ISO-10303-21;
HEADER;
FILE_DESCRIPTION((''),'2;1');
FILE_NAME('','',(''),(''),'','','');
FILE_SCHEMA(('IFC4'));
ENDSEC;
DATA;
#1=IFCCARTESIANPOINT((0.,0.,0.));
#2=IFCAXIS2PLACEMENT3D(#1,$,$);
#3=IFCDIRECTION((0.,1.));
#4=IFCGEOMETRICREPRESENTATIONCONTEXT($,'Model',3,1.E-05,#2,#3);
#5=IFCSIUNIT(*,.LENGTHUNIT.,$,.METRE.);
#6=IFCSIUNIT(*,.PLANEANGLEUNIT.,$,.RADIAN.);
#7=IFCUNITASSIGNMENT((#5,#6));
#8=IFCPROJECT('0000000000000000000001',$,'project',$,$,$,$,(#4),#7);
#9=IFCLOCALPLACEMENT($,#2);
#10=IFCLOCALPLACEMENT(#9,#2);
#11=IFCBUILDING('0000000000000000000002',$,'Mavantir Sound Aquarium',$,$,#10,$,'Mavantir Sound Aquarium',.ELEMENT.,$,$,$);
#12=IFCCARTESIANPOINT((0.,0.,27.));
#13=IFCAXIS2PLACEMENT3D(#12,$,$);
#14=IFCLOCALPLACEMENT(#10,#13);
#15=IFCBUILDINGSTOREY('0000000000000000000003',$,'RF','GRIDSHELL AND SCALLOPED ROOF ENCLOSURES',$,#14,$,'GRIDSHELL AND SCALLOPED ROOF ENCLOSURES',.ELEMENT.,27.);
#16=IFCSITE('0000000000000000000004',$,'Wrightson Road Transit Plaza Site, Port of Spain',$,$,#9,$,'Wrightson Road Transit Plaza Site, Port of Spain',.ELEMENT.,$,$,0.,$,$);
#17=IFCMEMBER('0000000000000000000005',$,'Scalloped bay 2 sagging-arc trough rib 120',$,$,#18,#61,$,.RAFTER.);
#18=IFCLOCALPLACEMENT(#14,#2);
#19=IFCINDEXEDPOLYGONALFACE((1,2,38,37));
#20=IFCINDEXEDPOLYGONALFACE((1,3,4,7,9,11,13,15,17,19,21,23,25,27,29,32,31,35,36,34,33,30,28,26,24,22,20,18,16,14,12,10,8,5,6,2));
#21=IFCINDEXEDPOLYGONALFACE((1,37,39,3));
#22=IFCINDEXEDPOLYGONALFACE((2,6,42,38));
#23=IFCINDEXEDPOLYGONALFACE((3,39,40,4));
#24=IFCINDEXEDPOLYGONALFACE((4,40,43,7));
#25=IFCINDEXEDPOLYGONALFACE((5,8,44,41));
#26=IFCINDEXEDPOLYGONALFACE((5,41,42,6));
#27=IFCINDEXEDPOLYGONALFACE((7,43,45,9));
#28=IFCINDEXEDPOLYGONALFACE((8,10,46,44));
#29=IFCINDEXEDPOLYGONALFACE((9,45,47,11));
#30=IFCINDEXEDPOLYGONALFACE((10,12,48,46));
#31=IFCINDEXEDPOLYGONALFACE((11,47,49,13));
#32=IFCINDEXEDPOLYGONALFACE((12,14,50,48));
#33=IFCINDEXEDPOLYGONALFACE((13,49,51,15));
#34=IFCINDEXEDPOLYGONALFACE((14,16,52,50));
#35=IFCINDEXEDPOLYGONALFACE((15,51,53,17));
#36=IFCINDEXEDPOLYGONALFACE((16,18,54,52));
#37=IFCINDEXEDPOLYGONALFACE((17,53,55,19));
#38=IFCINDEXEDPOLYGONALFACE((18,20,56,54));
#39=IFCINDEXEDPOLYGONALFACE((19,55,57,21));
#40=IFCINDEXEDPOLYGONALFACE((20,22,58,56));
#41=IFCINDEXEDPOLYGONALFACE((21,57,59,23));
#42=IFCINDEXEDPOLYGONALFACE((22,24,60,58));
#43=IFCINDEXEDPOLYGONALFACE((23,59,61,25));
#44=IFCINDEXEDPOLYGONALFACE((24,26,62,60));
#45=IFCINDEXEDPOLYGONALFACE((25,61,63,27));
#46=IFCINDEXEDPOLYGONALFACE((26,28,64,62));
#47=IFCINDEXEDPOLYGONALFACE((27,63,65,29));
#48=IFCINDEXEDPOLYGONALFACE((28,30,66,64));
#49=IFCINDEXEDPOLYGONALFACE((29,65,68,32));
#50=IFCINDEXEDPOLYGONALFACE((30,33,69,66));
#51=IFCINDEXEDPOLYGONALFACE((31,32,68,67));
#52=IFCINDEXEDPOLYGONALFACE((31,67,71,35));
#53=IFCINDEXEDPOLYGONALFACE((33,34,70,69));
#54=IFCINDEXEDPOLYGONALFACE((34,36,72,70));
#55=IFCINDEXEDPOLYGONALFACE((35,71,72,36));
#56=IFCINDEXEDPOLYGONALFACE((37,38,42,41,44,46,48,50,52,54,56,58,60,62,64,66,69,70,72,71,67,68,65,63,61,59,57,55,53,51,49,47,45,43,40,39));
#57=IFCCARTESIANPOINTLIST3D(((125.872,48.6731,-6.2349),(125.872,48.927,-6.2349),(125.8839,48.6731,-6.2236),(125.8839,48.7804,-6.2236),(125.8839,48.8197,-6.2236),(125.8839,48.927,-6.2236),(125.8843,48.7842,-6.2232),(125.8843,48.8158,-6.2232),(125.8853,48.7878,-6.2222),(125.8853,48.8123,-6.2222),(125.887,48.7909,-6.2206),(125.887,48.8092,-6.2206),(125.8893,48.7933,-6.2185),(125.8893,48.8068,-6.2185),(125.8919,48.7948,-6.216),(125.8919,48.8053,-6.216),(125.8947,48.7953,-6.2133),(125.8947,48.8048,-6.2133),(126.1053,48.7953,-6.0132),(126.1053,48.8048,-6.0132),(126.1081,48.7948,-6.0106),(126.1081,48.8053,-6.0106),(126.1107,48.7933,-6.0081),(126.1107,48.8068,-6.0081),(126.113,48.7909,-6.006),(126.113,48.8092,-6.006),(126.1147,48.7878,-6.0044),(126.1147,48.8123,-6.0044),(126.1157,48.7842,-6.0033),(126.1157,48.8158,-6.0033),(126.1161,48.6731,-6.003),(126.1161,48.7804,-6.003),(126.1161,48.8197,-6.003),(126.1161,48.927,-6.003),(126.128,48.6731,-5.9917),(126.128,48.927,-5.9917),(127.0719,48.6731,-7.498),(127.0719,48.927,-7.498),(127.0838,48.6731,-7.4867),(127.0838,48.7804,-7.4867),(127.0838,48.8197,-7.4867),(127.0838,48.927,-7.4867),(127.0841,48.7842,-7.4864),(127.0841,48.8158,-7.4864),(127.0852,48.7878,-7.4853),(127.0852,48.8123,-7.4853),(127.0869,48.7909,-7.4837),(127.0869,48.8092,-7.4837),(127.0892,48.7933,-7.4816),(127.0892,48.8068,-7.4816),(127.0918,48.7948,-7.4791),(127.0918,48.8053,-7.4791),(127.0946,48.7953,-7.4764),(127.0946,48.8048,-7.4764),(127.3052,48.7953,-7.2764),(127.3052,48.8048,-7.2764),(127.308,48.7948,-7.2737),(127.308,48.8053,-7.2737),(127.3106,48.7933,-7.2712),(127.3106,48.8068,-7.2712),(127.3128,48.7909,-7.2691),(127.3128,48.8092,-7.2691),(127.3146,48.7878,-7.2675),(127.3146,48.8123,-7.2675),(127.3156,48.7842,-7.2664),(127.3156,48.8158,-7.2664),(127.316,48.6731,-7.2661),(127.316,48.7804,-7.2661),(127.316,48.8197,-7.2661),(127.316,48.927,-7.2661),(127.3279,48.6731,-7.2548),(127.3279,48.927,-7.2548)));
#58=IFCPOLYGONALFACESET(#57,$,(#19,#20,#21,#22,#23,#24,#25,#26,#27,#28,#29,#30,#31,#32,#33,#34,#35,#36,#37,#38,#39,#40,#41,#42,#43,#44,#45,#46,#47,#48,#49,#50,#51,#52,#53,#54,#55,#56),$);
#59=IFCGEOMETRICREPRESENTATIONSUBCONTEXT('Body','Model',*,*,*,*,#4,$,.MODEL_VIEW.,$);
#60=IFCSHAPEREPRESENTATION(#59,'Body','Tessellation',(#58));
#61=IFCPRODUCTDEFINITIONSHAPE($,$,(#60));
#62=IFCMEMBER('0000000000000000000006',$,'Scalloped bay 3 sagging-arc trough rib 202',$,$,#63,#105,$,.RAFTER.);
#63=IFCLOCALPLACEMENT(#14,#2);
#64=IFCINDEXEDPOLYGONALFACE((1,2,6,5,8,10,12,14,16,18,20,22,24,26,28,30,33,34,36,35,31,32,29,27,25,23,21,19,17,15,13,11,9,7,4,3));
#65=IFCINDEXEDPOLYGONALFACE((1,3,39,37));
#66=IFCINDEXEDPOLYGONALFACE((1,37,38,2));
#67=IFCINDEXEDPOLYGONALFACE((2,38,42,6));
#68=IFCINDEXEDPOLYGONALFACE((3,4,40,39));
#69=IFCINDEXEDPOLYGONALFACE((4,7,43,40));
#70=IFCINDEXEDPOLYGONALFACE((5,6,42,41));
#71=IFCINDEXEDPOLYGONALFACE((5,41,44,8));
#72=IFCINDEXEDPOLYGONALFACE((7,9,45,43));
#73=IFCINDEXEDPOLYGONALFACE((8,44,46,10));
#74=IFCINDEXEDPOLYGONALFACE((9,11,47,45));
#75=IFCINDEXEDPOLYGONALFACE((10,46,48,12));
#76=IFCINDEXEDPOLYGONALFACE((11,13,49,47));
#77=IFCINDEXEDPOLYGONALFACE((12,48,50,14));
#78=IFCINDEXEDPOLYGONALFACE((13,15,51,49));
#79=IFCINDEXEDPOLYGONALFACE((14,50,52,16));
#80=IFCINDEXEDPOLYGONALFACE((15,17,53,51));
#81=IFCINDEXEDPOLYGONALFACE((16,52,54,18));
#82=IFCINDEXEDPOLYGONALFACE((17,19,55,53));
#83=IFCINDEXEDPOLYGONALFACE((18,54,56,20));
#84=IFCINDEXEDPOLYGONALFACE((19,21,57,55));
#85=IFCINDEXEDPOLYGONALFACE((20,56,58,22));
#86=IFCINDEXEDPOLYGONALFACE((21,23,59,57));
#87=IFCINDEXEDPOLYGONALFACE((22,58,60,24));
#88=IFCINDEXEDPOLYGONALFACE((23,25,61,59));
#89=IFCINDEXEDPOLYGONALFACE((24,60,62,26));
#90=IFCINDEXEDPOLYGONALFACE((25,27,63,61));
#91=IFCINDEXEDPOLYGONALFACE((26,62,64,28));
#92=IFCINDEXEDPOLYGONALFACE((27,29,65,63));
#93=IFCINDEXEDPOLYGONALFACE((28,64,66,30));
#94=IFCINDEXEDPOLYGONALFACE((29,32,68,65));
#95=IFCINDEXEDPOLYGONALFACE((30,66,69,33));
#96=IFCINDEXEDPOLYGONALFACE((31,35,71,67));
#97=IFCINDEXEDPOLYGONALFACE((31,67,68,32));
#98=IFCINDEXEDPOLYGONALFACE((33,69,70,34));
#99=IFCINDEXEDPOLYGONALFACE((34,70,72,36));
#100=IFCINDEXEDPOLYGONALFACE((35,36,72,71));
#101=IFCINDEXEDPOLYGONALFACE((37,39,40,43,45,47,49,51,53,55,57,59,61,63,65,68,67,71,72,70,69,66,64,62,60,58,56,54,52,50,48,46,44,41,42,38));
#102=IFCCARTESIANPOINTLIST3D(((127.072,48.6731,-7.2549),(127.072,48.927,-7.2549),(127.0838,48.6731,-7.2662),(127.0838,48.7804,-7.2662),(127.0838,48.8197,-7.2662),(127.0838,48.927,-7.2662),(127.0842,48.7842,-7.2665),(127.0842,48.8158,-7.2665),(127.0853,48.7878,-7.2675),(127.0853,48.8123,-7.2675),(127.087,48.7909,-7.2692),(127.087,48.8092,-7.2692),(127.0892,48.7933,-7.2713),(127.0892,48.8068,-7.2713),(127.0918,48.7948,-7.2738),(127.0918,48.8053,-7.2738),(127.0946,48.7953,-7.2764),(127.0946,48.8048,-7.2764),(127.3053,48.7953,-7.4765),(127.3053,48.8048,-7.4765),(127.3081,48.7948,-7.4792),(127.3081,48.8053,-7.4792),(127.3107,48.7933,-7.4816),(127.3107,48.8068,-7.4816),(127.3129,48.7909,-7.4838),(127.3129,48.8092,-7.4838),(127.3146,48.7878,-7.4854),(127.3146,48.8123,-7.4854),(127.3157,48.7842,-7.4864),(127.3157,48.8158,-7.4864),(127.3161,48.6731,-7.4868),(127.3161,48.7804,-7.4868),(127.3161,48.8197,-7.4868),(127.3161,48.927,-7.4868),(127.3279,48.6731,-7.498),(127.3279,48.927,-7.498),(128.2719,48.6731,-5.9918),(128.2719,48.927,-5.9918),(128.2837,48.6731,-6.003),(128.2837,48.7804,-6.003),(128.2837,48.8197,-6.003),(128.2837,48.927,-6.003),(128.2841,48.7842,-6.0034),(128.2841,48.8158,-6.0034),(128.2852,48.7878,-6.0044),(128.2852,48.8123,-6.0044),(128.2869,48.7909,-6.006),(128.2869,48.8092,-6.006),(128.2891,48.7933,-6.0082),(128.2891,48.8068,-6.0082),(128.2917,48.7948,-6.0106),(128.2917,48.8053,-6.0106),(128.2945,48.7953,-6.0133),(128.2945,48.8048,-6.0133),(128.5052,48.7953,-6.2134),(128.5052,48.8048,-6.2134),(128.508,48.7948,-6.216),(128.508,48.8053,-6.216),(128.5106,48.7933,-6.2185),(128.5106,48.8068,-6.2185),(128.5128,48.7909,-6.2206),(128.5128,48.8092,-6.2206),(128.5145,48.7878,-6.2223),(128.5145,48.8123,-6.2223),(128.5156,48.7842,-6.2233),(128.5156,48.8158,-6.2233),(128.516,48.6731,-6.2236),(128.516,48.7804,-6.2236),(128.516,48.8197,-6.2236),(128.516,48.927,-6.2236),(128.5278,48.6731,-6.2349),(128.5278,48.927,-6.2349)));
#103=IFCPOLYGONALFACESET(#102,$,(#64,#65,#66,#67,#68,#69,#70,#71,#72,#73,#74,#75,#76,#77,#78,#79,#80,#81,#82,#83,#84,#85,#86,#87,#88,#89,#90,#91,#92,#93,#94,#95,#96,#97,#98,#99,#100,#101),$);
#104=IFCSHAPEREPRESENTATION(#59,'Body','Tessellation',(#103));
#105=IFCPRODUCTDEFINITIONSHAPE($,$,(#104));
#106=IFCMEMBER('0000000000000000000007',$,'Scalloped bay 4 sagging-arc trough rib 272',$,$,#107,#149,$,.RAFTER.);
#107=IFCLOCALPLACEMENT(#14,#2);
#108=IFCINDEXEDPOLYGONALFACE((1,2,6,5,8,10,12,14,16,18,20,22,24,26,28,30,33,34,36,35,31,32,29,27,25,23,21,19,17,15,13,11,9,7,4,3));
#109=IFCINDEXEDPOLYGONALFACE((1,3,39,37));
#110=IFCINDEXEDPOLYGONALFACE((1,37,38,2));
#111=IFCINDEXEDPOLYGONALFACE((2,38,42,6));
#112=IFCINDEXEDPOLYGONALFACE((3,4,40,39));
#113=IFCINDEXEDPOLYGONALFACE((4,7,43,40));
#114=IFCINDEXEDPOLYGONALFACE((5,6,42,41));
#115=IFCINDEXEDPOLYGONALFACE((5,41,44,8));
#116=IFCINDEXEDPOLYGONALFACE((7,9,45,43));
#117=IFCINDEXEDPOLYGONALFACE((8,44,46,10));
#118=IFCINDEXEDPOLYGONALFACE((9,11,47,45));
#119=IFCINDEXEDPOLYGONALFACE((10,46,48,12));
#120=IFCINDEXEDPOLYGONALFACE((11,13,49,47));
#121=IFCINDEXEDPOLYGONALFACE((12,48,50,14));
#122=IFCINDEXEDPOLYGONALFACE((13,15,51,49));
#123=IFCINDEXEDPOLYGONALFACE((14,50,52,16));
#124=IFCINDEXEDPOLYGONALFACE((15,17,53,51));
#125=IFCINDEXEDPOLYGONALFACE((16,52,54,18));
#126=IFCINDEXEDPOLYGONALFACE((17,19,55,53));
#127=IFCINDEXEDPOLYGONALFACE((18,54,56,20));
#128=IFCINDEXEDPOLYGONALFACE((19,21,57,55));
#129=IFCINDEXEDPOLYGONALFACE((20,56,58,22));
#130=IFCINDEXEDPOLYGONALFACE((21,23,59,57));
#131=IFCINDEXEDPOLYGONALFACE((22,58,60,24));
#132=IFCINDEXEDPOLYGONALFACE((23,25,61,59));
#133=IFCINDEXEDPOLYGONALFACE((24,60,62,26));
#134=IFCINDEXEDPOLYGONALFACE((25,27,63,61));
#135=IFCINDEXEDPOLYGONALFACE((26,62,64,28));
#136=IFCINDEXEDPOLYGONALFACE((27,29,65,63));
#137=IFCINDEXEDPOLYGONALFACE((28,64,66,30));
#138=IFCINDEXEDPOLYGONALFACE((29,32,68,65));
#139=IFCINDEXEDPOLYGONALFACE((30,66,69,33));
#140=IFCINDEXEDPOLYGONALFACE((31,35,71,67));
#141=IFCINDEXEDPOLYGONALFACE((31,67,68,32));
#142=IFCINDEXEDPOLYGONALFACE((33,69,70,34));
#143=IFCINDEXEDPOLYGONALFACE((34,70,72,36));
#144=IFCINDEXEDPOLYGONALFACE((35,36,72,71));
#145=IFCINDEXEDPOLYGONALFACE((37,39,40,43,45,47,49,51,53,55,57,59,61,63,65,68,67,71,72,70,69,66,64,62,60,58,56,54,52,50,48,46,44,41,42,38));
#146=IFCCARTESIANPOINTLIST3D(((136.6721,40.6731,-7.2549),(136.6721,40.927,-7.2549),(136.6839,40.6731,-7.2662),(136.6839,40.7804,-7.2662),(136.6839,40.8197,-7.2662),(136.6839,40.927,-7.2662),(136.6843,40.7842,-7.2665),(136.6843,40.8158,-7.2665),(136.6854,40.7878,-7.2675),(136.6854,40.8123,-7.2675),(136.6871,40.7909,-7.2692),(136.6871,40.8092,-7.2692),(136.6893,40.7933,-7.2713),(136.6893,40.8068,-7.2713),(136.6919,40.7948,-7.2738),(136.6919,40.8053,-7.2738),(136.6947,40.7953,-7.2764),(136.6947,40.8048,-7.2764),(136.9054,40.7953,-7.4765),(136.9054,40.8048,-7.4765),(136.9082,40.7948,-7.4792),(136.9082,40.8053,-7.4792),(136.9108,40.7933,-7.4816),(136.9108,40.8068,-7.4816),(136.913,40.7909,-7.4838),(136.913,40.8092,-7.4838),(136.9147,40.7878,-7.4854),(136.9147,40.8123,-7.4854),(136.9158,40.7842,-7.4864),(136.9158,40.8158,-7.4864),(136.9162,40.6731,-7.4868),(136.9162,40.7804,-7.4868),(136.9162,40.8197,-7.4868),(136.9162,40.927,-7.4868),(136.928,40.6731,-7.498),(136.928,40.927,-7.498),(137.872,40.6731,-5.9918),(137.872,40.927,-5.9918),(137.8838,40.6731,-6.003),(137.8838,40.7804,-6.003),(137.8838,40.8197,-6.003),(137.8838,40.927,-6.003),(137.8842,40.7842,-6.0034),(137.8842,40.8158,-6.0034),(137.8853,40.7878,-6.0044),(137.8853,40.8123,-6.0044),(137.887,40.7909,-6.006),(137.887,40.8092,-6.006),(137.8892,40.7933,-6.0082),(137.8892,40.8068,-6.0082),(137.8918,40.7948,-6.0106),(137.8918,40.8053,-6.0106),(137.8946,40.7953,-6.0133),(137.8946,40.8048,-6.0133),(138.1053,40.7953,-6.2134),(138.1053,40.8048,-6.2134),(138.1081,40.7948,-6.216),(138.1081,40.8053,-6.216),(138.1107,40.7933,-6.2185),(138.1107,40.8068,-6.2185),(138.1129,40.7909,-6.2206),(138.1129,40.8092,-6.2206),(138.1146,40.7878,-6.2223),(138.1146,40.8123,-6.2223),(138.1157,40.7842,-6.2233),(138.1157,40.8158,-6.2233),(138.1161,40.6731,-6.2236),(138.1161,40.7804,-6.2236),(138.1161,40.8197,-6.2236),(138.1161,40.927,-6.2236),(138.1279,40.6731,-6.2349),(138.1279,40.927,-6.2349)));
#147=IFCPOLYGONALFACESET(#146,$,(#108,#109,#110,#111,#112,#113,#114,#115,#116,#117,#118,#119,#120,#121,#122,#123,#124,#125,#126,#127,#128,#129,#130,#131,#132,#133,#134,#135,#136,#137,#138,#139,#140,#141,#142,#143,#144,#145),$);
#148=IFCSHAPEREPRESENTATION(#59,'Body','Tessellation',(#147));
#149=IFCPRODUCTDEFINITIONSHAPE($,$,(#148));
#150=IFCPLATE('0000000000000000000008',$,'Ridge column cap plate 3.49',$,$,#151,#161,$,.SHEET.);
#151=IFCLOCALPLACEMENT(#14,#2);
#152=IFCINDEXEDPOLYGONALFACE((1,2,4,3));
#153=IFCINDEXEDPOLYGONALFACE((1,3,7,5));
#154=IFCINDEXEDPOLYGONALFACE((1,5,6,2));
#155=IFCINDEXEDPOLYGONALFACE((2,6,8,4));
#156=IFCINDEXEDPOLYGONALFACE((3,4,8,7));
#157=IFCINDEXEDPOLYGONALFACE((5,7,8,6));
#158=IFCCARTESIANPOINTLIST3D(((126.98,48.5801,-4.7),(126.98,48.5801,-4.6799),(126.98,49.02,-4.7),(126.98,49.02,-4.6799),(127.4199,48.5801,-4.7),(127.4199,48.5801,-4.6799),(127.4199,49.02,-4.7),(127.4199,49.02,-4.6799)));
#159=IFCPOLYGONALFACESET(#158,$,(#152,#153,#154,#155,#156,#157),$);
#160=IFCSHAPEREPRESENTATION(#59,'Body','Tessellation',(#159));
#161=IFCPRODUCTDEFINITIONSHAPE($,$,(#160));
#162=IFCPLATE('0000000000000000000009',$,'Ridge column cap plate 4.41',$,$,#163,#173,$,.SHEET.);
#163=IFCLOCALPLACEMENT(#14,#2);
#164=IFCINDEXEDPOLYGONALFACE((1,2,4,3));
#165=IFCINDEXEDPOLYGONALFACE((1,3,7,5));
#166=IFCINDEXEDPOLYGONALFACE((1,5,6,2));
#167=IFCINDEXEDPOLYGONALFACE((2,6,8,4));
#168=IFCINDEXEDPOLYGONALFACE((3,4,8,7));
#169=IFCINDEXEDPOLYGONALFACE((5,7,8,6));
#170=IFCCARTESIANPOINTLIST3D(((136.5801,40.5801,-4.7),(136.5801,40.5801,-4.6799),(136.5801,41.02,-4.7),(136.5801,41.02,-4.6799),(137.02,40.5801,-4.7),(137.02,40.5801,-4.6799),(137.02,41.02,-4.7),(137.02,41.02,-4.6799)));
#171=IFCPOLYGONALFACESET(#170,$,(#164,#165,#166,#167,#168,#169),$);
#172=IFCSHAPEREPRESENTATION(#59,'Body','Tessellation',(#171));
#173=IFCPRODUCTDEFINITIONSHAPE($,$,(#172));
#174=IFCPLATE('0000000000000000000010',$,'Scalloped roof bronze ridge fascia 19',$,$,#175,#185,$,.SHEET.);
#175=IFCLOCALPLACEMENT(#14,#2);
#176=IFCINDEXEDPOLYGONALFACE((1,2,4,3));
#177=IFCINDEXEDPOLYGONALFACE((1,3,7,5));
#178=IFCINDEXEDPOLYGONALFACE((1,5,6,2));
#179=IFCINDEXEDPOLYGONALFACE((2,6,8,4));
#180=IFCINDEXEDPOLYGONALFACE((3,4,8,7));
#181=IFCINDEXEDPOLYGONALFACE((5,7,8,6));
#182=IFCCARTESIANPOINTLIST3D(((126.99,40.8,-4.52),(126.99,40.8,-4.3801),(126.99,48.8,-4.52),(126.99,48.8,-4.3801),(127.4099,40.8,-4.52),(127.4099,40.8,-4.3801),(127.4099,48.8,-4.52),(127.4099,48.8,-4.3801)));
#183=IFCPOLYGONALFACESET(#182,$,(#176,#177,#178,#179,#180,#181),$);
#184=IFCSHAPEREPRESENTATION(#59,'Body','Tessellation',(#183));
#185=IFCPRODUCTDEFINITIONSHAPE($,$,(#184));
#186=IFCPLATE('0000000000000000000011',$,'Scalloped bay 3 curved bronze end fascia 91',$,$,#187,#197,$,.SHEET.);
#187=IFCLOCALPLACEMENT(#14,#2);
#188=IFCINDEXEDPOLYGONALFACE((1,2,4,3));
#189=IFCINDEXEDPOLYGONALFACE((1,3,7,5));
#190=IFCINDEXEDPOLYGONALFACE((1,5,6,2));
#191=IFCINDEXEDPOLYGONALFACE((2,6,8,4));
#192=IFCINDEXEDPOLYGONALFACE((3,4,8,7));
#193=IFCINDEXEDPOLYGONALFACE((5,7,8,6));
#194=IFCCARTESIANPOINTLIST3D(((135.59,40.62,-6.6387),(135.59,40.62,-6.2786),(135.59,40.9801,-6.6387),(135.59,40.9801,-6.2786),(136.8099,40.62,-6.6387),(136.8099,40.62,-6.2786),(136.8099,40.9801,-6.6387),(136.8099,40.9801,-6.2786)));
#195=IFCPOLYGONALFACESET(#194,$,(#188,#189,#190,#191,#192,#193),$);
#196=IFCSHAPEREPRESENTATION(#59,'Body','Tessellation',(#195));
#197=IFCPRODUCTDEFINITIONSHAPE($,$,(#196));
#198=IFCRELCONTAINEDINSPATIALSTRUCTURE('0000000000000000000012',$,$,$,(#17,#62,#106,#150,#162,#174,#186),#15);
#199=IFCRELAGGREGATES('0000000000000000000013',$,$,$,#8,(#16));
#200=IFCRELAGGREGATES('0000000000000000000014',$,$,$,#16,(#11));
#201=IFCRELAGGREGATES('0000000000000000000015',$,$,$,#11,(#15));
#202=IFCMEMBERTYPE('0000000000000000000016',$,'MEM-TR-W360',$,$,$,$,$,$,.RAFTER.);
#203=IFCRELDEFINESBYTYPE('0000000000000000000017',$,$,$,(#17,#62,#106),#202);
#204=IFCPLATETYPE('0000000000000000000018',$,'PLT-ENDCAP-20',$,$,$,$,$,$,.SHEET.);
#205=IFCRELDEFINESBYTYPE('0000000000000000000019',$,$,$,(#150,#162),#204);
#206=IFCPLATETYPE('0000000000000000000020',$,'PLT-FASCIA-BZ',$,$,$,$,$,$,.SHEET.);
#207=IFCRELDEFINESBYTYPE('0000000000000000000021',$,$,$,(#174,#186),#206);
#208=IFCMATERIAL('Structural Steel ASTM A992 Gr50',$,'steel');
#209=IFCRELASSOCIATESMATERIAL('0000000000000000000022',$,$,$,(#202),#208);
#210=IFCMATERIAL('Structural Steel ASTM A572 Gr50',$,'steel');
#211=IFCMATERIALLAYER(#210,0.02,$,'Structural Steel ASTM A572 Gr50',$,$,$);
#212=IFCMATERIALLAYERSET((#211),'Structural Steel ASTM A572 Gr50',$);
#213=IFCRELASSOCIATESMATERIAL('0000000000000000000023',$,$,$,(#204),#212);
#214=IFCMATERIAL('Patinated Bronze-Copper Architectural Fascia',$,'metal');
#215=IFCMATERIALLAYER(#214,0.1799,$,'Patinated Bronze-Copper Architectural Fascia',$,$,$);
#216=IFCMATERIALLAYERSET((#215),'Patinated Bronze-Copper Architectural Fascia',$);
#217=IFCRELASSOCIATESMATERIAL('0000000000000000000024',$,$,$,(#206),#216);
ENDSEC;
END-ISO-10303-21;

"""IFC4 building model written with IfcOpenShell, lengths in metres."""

from ifc_helpers import new_model, si_unit, direction, frame, origin, origin_2d, place, context, subcontext, project, spatial, rectangle, i_section, extrude, material, layer, layer_set, material_profile, profile_set, type_object, element, save


model = new_model("IFC4")

# Units and contexts
model_context = context("Model", 3, precision=1e-05, world=origin(), true_north=direction((0.0, 1.0)))
body_context = subcontext(model_context, "Body", "Model", "MODEL_VIEW")
ifc_project = project(units=[si_unit("LENGTHUNIT", "METRE"), si_unit("PLANEANGLEUNIT", "RADIAN")], contexts=[model_context])

# Site, building, storey
site_placement = place(None, origin())
site = spatial("IfcSite", under=ifc_project, at=site_placement, Name="Wrightson Road Transit Plaza Site, Port of Spain", LongName="Wrightson Road Transit Plaza Site, Port of Spain", CompositionType="ELEMENT", RefElevation=0.0)
building_placement = place(site_placement, origin())
building = spatial("IfcBuilding", under=site, at=building_placement, Name="Mavantir Sound Aquarium", LongName="Mavantir Sound Aquarium", CompositionType="ELEMENT")
storey_placement = place(building_placement, frame((0.0, 0.0, 27.0)))
storey = spatial("IfcBuildingStorey", under=building, at=storey_placement, Name="RF", Description="GRIDSHELL AND SCALLOPED ROOF ENCLOSURES", LongName="GRIDSHELL AND SCALLOPED ROOF ENCLOSURES", CompositionType="ELEMENT", Elevation=27.0)

# Shared definitions
ifc_material_1 = material(Name="Structural Steel ASTM A992 Gr50", Category="steel")

# Members
ifc_material_profile_1 = material_profile(ifc_material_1, i_section(OverallWidth=0.2539, OverallDepth=0.353, WebThickness=0.0095, FlangeThickness=0.0164, FilletRadius=0.0149, at=origin_2d()), Name="W360X91")
ifc_profile_set_1 = profile_set([ifc_material_profile_1], Name="Structural Steel ASTM A992 Gr50")
member_type_1 = type_object("IfcMemberType", Name="MEM-TR-W360", PredefinedType="RAFTER", material=ifc_profile_set_1)
for number, where, z_axis, x_axis, name in (
    (1, (126.0, 48.8, -6.1133), (0.688727, 0.0, -0.72502), (0.0, 1.0, 0.0), "Scalloped bay 2 sagging-arc trough rib 120"),
    (2, (127.2, 48.8, -7.3765), (0.688727, 0.0, 0.72502), (0.0, 1.0, 0.0), "Scalloped bay 3 sagging-arc trough rib 202"),
    (3, (136.8, 40.8, -7.3765), (0.688727, 0.0, 0.72502), (0.0, 1.0, 0.0), "Scalloped bay 4 sagging-arc trough rib 272"),
):
    element("IfcMember", number, at=place(storey_placement, frame(where, z_axis=z_axis, x_axis=x_axis)), inside=storey, type_object=member_type_1, Name=name, PredefinedType="RAFTER", context=body_context, shape_type="SweptSolid", body=[
        extrude(i_section(OverallWidth=0.2539, OverallDepth=0.353, WebThickness=0.0095, FlangeThickness=0.0164, FilletRadius=0.0149, at=origin_2d()), origin(), (0.0, 0.0, 1.0), 1.7422),
    ])

# Plates
ifc_material_2 = material(Name="Structural Steel ASTM A572 Gr50", Category="steel")
ifc_layer_1 = layer(ifc_material_2, 0.02, Name="Structural Steel ASTM A572 Gr50")
ifc_layer_set_1 = layer_set([ifc_layer_1], Name="Structural Steel ASTM A572 Gr50")
plate_type_1 = type_object("IfcPlateType", Name="PLT-ENDCAP-20", PredefinedType="SHEET", material=ifc_layer_set_1)
for number, where, z_axis, x_axis, name in (
    (4, (127.2, 48.8, -4.7), (0.0, 0.0, 1.0), (1.0, 0.0, 0.0), "Ridge column cap plate 3.49"),
    (5, (136.8, 40.8, -4.7), (0.0, 0.0, 1.0), (1.0, 0.0, 0.0), "Ridge column cap plate 4.41"),
):
    element("IfcPlate", number, at=place(storey_placement, frame(where, z_axis=z_axis, x_axis=x_axis)), inside=storey, type_object=plate_type_1, Name=name, PredefinedType="SHEET", context=body_context, shape_type="SweptSolid", body=[
        extrude(rectangle(XDim=0.4399, YDim=0.4399, at=origin_2d()), origin(), (0.0, 0.0, 1.0), 0.02),
    ])
ifc_material_3 = material(Name="Patinated Bronze-Copper Architectural Fascia", Category="metal")
ifc_layer_2 = layer(ifc_material_3, 0.1799, Name="Patinated Bronze-Copper Architectural Fascia")
ifc_layer_set_2 = layer_set([ifc_layer_2], Name="Patinated Bronze-Copper Architectural Fascia")
plate_type_2 = type_object("IfcPlateType", Name="PLT-FASCIA-BZ", PredefinedType="SHEET", material=ifc_layer_set_2)
plate_1_placement = place(storey_placement, frame((127.2, 44.8, -4.52), z_axis=(0.0, 0.0, 1.0), x_axis=(1.0, 0.0, 0.0)))
element("IfcPlate", 6, at=plate_1_placement, inside=storey, type_object=plate_type_2, Name="Scalloped roof bronze ridge fascia 19", PredefinedType="SHEET", context=body_context, shape_type="SweptSolid", body=[
    extrude(rectangle(XDim=0.4199, YDim=8.0, at=origin_2d()), origin(), (0.0, 0.0, 1.0), 0.1399),
])
plate_2_placement = place(storey_placement, frame((136.2, 40.8, -6.6387), z_axis=(0.0, 0.0, 1.0), x_axis=(1.0, 0.0, 0.0)))
element("IfcPlate", 7, at=plate_2_placement, inside=storey, type_object=plate_type_2, Name="Scalloped bay 3 curved bronze end fascia 91", PredefinedType="SHEET", context=body_context, shape_type="SweptSolid", body=[
    extrude(rectangle(XDim=1.22, YDim=0.3601, at=origin_2d()), origin(), (0.0, 0.0, 1.0), 0.3601),
])

save(model, "model.ifc")
